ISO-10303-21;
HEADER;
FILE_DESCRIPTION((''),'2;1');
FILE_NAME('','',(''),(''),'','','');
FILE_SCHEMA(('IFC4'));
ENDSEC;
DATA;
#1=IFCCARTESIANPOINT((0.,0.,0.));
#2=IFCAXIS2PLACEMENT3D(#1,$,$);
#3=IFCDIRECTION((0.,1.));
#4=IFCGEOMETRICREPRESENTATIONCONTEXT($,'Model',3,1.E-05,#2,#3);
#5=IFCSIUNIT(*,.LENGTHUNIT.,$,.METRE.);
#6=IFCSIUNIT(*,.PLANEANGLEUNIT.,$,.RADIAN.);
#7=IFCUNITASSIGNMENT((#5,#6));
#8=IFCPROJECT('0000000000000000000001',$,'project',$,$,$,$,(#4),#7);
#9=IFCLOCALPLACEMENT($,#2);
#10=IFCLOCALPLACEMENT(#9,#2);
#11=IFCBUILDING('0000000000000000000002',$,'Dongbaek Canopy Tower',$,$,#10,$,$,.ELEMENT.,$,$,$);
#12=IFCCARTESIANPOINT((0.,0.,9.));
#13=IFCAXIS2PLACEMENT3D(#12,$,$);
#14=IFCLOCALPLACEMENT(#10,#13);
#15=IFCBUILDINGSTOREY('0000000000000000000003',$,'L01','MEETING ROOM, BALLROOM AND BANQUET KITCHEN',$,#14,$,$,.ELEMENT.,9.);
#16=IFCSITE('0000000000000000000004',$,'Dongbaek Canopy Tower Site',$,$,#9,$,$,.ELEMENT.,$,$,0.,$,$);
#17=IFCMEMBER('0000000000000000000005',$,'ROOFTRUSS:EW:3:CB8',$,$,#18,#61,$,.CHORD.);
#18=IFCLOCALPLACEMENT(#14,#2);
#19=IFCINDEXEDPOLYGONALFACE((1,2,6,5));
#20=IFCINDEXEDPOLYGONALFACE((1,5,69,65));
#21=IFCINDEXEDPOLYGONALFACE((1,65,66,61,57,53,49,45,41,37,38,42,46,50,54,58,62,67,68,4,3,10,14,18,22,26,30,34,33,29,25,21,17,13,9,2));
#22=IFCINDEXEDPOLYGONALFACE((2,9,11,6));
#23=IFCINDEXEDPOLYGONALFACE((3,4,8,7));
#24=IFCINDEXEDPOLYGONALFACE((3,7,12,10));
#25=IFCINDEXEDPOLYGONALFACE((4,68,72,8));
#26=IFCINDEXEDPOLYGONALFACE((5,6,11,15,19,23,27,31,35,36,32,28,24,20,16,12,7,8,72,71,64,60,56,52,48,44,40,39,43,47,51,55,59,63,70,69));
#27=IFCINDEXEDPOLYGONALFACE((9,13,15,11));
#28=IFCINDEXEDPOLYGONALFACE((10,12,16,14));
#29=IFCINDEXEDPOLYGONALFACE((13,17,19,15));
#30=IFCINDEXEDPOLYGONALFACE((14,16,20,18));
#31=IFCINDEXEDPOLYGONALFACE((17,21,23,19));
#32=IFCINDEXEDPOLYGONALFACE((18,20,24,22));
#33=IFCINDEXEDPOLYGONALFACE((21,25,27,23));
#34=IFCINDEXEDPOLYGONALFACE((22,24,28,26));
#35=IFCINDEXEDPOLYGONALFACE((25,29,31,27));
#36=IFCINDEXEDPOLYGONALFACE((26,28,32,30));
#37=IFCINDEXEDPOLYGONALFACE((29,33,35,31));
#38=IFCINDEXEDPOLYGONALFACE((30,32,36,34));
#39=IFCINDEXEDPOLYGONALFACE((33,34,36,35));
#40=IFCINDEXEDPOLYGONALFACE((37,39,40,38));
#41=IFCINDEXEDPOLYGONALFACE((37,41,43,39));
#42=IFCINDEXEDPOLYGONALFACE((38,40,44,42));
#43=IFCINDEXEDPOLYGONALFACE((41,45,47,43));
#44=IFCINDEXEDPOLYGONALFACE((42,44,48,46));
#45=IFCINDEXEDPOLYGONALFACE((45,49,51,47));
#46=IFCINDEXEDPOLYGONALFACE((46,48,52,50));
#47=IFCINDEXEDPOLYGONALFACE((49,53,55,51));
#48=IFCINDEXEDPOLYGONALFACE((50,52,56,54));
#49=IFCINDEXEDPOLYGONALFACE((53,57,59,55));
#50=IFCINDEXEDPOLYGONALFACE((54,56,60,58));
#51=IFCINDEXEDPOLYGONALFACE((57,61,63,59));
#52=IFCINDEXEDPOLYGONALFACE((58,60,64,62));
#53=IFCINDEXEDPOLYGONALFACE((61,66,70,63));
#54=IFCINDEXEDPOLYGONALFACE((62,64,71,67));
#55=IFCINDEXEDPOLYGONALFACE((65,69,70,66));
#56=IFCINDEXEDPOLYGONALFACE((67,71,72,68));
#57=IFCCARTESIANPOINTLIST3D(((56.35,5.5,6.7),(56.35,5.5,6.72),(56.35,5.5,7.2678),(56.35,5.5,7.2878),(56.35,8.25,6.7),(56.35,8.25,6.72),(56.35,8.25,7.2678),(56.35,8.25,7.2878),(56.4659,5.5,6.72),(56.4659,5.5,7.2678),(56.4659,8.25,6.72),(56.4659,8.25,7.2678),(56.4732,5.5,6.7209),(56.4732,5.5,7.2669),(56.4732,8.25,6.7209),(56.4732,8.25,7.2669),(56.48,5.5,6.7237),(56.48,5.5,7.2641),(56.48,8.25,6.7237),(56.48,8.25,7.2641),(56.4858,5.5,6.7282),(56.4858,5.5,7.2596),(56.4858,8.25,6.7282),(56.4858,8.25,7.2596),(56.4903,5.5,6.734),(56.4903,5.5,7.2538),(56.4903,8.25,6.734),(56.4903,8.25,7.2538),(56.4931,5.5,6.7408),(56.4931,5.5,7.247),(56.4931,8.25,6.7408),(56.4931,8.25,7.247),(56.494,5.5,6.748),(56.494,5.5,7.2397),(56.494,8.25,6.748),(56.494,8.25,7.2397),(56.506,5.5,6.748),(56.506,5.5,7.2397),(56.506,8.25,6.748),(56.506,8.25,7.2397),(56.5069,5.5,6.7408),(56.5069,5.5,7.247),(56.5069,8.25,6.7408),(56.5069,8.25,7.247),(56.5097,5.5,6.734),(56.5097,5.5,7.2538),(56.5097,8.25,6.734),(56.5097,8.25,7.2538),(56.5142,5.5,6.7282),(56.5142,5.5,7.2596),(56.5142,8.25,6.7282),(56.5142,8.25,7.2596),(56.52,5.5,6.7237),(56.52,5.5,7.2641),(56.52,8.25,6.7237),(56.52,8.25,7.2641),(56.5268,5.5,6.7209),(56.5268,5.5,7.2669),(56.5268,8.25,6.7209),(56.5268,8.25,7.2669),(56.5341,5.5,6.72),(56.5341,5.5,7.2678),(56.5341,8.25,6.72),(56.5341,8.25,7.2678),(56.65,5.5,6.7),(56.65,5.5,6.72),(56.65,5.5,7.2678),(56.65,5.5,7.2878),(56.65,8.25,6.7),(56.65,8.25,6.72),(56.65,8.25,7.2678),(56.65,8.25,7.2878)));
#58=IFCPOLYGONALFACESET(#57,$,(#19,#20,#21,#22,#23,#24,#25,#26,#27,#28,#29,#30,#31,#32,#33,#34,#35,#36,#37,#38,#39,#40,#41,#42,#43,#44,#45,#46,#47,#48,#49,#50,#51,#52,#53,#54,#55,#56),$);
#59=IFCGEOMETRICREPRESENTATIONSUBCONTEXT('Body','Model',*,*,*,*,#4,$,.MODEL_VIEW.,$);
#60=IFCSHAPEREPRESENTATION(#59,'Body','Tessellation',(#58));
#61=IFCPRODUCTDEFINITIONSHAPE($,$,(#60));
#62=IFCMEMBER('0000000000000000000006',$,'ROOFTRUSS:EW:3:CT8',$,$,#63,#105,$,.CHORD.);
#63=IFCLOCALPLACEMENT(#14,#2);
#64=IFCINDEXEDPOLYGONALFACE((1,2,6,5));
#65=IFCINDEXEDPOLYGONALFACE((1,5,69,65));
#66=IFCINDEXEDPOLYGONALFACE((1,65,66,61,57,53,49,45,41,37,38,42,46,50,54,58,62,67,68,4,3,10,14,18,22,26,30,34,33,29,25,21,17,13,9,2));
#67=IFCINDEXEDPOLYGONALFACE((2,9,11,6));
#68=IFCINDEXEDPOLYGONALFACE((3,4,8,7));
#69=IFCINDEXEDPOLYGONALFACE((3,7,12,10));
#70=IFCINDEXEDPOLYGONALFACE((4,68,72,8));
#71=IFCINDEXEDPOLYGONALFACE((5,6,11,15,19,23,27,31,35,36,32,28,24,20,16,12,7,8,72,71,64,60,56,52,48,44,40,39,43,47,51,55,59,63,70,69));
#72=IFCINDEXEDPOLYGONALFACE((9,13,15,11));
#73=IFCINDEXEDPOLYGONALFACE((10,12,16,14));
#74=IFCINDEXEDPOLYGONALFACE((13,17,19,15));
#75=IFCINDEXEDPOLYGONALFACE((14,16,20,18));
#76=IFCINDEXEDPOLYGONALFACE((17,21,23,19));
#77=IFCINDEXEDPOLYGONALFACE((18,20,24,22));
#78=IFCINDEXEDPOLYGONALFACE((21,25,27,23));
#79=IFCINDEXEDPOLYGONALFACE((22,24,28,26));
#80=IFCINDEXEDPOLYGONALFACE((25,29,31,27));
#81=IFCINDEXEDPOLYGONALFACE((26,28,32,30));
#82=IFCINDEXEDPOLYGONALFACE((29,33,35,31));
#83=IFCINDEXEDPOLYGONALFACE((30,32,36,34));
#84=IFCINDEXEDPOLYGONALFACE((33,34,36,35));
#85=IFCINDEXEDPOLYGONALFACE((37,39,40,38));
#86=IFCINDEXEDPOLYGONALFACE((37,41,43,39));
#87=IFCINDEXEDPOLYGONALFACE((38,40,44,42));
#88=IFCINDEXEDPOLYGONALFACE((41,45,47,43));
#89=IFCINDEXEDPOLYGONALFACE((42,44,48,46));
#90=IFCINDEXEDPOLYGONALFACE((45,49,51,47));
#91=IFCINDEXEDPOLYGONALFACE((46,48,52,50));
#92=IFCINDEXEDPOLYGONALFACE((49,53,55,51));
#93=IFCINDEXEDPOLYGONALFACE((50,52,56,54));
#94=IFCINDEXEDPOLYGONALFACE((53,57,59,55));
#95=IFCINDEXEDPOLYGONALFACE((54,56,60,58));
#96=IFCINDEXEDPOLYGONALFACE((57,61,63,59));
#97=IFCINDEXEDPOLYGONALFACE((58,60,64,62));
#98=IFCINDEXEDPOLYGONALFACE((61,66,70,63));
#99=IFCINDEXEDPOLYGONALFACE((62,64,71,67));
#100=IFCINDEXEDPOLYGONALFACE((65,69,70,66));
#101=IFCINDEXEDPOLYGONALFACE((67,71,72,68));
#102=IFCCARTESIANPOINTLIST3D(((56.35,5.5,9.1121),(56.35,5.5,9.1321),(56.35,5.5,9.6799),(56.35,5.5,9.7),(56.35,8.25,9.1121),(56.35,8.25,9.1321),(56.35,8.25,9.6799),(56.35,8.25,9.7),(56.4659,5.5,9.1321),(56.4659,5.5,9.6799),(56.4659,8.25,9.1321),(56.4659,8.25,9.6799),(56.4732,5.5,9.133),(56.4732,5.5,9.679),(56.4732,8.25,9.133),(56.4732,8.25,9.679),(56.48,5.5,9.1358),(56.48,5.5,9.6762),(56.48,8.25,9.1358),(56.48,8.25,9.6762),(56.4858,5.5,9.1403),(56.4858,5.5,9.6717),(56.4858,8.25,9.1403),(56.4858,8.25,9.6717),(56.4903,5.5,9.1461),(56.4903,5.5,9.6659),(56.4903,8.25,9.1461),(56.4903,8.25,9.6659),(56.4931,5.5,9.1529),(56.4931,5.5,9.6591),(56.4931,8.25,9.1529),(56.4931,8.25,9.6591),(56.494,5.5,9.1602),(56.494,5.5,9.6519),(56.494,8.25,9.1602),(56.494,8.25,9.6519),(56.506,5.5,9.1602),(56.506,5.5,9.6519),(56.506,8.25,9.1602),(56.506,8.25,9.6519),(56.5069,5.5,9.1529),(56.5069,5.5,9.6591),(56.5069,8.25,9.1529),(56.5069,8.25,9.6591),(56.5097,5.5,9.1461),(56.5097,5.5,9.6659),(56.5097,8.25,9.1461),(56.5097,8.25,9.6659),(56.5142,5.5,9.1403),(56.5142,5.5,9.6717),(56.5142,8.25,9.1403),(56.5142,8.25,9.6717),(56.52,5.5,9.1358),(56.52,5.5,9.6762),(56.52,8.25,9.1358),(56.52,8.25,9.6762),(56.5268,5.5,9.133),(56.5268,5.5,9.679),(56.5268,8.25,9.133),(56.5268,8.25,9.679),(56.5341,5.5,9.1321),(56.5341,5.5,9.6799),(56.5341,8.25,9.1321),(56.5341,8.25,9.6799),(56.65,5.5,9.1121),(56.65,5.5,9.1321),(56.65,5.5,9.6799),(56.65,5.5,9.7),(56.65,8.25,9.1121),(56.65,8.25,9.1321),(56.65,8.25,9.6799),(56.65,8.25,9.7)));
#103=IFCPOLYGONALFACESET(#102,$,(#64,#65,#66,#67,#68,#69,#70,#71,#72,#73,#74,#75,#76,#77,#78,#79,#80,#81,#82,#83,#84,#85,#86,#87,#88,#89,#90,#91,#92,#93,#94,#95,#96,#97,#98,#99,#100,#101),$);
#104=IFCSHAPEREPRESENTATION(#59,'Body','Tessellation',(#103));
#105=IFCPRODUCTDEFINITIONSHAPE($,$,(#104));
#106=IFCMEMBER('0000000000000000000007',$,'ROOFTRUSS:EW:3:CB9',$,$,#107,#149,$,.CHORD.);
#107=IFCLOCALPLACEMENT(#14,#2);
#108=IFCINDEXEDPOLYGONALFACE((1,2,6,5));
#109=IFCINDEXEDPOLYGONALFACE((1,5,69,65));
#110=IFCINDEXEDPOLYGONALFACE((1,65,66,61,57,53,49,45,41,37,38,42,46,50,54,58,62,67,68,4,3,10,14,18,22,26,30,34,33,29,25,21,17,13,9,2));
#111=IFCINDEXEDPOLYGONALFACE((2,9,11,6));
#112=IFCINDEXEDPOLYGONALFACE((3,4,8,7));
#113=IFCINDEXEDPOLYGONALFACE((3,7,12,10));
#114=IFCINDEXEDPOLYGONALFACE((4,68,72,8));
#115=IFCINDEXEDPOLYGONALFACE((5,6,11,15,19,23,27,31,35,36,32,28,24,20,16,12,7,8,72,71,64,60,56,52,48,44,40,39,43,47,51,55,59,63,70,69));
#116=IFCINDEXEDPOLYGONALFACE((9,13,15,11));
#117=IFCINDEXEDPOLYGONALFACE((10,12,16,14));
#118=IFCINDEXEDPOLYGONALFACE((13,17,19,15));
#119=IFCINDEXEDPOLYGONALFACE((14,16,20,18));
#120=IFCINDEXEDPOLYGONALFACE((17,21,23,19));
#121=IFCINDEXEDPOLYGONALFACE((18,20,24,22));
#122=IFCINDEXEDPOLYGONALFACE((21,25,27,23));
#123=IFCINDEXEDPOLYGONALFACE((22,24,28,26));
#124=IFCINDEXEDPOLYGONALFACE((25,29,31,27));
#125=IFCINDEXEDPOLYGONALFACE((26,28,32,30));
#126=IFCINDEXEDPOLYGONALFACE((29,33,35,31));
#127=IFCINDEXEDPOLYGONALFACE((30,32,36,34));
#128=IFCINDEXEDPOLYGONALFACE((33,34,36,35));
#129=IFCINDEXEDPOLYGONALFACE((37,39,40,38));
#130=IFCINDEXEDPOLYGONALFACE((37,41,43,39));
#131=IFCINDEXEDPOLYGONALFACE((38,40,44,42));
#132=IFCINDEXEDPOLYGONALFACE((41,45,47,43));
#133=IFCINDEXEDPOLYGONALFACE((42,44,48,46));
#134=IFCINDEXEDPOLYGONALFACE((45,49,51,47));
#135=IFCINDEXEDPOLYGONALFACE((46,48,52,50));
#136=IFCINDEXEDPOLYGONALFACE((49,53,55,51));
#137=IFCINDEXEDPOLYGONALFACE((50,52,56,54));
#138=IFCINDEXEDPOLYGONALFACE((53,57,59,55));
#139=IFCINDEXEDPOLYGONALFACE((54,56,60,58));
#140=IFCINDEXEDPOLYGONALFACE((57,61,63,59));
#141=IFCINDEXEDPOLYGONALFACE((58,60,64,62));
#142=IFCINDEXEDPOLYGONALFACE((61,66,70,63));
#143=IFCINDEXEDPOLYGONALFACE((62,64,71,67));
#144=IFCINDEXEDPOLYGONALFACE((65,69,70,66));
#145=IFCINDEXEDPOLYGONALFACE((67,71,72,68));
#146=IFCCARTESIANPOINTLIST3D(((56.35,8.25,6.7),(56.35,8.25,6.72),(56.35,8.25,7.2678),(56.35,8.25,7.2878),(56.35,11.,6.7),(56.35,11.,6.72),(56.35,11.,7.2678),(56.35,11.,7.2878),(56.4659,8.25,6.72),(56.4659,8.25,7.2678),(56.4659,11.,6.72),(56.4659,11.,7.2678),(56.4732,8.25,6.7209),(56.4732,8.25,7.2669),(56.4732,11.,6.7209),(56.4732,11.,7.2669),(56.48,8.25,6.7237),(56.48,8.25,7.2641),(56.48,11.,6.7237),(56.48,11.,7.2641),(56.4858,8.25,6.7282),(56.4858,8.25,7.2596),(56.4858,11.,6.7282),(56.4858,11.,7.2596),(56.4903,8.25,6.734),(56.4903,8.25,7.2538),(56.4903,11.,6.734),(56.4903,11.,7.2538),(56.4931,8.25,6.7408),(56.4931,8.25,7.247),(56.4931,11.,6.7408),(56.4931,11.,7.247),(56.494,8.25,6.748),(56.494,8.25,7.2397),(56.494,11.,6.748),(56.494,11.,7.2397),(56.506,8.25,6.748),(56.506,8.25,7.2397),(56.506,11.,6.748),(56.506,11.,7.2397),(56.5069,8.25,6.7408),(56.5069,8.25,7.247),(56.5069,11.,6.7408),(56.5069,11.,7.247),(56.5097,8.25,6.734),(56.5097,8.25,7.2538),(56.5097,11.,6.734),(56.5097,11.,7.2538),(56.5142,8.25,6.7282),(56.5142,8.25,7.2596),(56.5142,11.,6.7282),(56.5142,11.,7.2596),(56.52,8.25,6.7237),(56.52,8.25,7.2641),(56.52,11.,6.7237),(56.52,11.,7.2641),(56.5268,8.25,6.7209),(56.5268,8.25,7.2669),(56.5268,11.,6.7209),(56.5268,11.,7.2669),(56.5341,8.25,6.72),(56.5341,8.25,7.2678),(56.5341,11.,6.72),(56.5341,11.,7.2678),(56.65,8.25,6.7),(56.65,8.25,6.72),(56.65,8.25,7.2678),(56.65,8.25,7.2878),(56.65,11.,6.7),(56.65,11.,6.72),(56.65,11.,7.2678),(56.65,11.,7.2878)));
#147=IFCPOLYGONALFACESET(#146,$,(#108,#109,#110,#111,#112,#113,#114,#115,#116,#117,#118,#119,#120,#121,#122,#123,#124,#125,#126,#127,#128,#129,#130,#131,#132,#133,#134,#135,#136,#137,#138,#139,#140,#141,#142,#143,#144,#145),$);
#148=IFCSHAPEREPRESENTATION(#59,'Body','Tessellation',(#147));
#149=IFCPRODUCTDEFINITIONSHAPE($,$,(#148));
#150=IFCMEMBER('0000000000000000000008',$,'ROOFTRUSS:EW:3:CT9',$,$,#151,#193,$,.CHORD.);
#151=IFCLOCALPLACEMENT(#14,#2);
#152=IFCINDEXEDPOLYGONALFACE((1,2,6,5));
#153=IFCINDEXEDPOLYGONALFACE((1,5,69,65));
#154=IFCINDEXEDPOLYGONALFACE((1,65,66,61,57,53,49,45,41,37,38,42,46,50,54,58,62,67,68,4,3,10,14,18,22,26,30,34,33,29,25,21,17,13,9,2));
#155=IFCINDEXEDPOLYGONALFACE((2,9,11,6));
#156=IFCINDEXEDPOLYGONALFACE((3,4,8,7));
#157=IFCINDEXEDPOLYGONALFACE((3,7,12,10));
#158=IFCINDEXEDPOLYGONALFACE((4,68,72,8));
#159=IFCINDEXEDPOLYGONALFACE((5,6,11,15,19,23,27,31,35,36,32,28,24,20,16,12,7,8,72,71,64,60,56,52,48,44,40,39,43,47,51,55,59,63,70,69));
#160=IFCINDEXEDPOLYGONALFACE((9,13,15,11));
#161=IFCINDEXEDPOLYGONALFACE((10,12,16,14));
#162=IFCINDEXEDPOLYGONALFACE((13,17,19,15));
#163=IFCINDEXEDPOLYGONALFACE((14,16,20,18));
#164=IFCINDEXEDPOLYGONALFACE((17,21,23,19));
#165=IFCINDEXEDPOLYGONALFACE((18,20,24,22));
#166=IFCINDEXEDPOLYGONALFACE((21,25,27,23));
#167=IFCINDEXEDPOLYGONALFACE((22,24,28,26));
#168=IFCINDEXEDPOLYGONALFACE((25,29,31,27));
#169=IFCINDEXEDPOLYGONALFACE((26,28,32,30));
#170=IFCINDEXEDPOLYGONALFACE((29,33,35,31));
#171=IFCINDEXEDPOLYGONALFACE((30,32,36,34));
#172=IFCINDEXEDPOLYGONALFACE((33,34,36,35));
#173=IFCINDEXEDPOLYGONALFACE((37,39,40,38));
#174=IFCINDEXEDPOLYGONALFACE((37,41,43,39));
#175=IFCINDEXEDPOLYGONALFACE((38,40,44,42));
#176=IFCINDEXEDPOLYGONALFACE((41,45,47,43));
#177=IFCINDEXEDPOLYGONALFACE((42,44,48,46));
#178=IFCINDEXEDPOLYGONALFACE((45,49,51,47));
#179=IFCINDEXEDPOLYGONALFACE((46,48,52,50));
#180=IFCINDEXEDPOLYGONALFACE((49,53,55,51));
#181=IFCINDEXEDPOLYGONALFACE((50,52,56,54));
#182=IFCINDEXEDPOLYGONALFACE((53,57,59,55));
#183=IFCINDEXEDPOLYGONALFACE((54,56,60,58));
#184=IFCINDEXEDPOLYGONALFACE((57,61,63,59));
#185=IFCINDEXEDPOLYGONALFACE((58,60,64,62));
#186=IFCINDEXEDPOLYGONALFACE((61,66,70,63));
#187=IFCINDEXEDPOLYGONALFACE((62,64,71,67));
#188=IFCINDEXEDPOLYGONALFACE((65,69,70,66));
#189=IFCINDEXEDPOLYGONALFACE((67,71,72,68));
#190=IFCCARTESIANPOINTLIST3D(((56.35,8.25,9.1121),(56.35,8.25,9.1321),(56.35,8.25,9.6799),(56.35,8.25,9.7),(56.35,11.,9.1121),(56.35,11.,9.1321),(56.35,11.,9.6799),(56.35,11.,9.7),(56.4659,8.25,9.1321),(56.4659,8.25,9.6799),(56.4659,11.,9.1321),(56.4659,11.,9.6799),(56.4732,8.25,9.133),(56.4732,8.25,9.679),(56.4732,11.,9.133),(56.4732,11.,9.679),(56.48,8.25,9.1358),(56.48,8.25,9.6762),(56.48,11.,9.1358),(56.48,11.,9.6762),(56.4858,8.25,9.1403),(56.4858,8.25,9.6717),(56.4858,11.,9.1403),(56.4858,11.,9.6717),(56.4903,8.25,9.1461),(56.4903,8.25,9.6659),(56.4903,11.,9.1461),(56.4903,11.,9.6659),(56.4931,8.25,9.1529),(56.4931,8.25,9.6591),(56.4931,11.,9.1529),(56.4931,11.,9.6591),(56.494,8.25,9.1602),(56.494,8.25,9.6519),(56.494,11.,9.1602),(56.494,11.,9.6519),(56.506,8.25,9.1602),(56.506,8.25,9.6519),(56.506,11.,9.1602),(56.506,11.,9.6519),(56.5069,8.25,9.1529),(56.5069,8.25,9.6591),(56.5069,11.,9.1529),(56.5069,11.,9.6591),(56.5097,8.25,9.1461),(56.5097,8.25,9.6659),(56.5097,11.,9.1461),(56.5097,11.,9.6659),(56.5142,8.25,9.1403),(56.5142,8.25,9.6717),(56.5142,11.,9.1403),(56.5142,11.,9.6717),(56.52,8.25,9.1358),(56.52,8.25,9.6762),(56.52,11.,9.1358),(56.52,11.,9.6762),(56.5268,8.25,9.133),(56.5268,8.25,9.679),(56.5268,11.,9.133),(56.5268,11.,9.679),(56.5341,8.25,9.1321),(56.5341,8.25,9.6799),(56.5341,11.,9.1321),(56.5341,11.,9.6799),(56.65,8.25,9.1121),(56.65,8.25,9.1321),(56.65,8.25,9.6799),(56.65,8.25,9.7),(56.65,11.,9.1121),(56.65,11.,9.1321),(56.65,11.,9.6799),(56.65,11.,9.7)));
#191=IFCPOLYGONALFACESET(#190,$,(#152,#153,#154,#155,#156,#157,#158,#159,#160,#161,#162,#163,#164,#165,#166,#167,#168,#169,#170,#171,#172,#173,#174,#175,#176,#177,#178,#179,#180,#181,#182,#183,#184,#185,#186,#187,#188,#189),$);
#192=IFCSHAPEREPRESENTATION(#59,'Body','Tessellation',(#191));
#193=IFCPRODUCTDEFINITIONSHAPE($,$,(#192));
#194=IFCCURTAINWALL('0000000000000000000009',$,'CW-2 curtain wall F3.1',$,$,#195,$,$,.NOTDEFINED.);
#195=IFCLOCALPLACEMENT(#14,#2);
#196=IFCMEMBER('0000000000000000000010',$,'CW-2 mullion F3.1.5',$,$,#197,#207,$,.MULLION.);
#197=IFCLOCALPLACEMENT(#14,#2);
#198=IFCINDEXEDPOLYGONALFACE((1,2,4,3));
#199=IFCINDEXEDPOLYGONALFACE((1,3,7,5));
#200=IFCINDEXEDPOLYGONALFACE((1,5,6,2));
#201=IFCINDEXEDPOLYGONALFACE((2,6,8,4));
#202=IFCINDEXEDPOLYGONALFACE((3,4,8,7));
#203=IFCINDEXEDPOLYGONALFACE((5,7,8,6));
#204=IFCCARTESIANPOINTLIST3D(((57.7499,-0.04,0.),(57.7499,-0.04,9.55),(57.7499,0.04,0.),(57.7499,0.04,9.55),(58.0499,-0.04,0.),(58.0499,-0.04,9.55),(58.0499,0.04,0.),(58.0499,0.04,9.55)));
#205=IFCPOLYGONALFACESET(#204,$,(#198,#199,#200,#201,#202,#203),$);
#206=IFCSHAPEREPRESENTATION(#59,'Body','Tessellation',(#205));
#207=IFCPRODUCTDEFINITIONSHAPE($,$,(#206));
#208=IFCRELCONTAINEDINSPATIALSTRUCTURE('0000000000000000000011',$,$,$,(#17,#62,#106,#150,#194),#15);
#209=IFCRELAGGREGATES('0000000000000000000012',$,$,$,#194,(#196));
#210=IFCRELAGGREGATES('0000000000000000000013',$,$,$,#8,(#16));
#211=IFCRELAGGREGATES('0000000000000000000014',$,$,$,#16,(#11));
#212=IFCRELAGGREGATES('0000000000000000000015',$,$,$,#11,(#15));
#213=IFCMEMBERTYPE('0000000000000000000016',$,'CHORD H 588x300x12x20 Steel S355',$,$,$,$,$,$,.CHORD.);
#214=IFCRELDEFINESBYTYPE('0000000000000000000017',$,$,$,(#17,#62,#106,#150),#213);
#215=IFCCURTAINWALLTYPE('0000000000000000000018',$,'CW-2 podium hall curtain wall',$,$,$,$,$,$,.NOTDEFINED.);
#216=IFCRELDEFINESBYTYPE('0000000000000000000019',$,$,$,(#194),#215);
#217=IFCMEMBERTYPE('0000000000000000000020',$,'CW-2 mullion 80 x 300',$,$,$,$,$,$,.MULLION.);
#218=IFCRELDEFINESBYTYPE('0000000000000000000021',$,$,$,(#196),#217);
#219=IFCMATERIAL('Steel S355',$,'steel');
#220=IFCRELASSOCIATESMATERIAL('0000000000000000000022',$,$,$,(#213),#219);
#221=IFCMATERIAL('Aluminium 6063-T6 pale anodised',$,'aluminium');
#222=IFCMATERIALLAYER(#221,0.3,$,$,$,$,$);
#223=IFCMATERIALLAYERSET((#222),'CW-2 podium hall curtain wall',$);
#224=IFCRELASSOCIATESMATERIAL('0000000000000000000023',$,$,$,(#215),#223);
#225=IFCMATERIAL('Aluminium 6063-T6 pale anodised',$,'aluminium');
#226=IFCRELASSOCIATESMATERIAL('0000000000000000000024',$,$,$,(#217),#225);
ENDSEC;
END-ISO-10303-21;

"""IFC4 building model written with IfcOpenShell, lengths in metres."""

from ifc_helpers import new_model, si_unit, direction, frame, origin, origin_2d, place, context, subcontext, project, spatial, rectangle, i_section, extrude, material, layer, layer_set, material_profile, profile_set, type_object, element, aggregate, save


model = new_model("IFC4")

# Units and contexts
model_context = context("Model", 3, precision=1e-05, world=origin(), true_north=direction((0.0, 1.0)))
body_context = subcontext(model_context, "Body", "Model", "MODEL_VIEW")
ifc_project = project(units=[si_unit("LENGTHUNIT", "METRE"), si_unit("PLANEANGLEUNIT", "RADIAN")], contexts=[model_context])

# Site, building, storey
site_placement = place(None, origin())
site = spatial("IfcSite", under=ifc_project, at=site_placement, Name="Dongbaek Canopy Tower Site", CompositionType="ELEMENT", RefElevation=0.0)
building_placement = place(site_placement, origin())
building = spatial("IfcBuilding", under=site, at=building_placement, Name="Dongbaek Canopy Tower", CompositionType="ELEMENT")
storey_placement = place(building_placement, frame((0.0, 0.0, 9.0)))
storey = spatial("IfcBuildingStorey", under=building, at=storey_placement, Name="L01", Description="MEETING ROOM, BALLROOM AND BANQUET KITCHEN", CompositionType="ELEMENT", Elevation=9.0)

# Members
ifc_material_1 = material(Name="Steel S355", Category="steel")
ifc_material_profile_1 = material_profile(ifc_material_1, i_section(OverallWidth=0.3, OverallDepth=0.5879, WebThickness=0.012, FlangeThickness=0.02, FilletRadius=0.0281, at=origin_2d()), Name="CHORD H 588x300x12x20 Steel S355")
ifc_profile_set_1 = profile_set([ifc_material_profile_1], Name="Steel S355")
member_type_1 = type_object("IfcMemberType", Name="CHORD H 588x300x12x20 Steel S355", PredefinedType="CHORD", material=ifc_profile_set_1)
for number, where, z_axis, x_axis, name in (
    (1, (56.5, 5.5, 6.9939), (0.0, 1.0, 0.0), (-1.0, 0.0, 0.0), "ROOFTRUSS:EW:3:CB8"),
    (2, (56.5, 5.5, 9.406), (0.0, 1.0, 0.0), (-1.0, 0.0, 0.0), "ROOFTRUSS:EW:3:CT8"),
    (3, (56.5, 8.25, 6.9939), (0.0, 1.0, 0.0), (-1.0, 0.0, 0.0), "ROOFTRUSS:EW:3:CB9"),
    (4, (56.5, 8.25, 9.406), (0.0, 1.0, 0.0), (-1.0, 0.0, 0.0), "ROOFTRUSS:EW:3:CT9"),
):
    element("IfcMember", number, at=place(storey_placement, frame(where, z_axis=z_axis, x_axis=x_axis)), inside=storey, type_object=member_type_1, Name=name, PredefinedType="CHORD", context=body_context, shape_type="SweptSolid", body=[
        extrude(i_section(OverallWidth=0.3, OverallDepth=0.5879, WebThickness=0.012, FlangeThickness=0.02, FilletRadius=0.0281, at=origin_2d()), origin(), (0.0, 0.0, 1.0), 2.75),
    ])

# Curtain wall, member
ifc_material_2 = material(Name="Aluminium 6063-T6 pale anodised", Category="aluminium")
ifc_layer_1 = layer(ifc_material_2, 0.3)
ifc_layer_set_1 = layer_set([ifc_layer_1], Name="CW-2 podium hall curtain wall")
curtain_wall_type = type_object("IfcCurtainWallType", Name="CW-2 podium hall curtain wall", PredefinedType="NOTDEFINED", material=ifc_layer_set_1)
curtain_wall_placement = place(storey_placement, origin())
curtain_wall = element("IfcCurtainWall", 5, at=curtain_wall_placement, inside=storey, type_object=curtain_wall_type, Name="CW-2 curtain wall F3.1", PredefinedType="NOTDEFINED")
ifc_material_3 = material(Name="Aluminium 6063-T6 pale anodised", Category="aluminium")
ifc_material_profile_2 = material_profile(ifc_material_3, rectangle(XDim=0.3, YDim=0.0801, at=origin_2d()), Name="CW-2 mullion 80 x 300")
ifc_profile_set_2 = profile_set([ifc_material_profile_2], Name="Aluminium 6063-T6 pale anodised")
member_type_2 = type_object("IfcMemberType", Name="CW-2 mullion 80 x 300", PredefinedType="MULLION", material=ifc_profile_set_2)
member_1_placement = place(storey_placement, frame((57.8999, 0.0, 0.0), z_axis=(0.0, 0.0, 1.0), x_axis=(1.0, 0.0, 0.0)))
member_1 = element("IfcMember", 6, at=member_1_placement, type_object=member_type_2, Name="CW-2 mullion F3.1.5", PredefinedType="MULLION", context=body_context, shape_type="SweptSolid", body=[
    extrude(rectangle(XDim=0.3, YDim=0.0801, at=origin_2d()), origin(), (0.0, 0.0, 1.0), 9.55),
])

aggregate(curtain_wall, [member_1])

save(model, "model.ifc")
